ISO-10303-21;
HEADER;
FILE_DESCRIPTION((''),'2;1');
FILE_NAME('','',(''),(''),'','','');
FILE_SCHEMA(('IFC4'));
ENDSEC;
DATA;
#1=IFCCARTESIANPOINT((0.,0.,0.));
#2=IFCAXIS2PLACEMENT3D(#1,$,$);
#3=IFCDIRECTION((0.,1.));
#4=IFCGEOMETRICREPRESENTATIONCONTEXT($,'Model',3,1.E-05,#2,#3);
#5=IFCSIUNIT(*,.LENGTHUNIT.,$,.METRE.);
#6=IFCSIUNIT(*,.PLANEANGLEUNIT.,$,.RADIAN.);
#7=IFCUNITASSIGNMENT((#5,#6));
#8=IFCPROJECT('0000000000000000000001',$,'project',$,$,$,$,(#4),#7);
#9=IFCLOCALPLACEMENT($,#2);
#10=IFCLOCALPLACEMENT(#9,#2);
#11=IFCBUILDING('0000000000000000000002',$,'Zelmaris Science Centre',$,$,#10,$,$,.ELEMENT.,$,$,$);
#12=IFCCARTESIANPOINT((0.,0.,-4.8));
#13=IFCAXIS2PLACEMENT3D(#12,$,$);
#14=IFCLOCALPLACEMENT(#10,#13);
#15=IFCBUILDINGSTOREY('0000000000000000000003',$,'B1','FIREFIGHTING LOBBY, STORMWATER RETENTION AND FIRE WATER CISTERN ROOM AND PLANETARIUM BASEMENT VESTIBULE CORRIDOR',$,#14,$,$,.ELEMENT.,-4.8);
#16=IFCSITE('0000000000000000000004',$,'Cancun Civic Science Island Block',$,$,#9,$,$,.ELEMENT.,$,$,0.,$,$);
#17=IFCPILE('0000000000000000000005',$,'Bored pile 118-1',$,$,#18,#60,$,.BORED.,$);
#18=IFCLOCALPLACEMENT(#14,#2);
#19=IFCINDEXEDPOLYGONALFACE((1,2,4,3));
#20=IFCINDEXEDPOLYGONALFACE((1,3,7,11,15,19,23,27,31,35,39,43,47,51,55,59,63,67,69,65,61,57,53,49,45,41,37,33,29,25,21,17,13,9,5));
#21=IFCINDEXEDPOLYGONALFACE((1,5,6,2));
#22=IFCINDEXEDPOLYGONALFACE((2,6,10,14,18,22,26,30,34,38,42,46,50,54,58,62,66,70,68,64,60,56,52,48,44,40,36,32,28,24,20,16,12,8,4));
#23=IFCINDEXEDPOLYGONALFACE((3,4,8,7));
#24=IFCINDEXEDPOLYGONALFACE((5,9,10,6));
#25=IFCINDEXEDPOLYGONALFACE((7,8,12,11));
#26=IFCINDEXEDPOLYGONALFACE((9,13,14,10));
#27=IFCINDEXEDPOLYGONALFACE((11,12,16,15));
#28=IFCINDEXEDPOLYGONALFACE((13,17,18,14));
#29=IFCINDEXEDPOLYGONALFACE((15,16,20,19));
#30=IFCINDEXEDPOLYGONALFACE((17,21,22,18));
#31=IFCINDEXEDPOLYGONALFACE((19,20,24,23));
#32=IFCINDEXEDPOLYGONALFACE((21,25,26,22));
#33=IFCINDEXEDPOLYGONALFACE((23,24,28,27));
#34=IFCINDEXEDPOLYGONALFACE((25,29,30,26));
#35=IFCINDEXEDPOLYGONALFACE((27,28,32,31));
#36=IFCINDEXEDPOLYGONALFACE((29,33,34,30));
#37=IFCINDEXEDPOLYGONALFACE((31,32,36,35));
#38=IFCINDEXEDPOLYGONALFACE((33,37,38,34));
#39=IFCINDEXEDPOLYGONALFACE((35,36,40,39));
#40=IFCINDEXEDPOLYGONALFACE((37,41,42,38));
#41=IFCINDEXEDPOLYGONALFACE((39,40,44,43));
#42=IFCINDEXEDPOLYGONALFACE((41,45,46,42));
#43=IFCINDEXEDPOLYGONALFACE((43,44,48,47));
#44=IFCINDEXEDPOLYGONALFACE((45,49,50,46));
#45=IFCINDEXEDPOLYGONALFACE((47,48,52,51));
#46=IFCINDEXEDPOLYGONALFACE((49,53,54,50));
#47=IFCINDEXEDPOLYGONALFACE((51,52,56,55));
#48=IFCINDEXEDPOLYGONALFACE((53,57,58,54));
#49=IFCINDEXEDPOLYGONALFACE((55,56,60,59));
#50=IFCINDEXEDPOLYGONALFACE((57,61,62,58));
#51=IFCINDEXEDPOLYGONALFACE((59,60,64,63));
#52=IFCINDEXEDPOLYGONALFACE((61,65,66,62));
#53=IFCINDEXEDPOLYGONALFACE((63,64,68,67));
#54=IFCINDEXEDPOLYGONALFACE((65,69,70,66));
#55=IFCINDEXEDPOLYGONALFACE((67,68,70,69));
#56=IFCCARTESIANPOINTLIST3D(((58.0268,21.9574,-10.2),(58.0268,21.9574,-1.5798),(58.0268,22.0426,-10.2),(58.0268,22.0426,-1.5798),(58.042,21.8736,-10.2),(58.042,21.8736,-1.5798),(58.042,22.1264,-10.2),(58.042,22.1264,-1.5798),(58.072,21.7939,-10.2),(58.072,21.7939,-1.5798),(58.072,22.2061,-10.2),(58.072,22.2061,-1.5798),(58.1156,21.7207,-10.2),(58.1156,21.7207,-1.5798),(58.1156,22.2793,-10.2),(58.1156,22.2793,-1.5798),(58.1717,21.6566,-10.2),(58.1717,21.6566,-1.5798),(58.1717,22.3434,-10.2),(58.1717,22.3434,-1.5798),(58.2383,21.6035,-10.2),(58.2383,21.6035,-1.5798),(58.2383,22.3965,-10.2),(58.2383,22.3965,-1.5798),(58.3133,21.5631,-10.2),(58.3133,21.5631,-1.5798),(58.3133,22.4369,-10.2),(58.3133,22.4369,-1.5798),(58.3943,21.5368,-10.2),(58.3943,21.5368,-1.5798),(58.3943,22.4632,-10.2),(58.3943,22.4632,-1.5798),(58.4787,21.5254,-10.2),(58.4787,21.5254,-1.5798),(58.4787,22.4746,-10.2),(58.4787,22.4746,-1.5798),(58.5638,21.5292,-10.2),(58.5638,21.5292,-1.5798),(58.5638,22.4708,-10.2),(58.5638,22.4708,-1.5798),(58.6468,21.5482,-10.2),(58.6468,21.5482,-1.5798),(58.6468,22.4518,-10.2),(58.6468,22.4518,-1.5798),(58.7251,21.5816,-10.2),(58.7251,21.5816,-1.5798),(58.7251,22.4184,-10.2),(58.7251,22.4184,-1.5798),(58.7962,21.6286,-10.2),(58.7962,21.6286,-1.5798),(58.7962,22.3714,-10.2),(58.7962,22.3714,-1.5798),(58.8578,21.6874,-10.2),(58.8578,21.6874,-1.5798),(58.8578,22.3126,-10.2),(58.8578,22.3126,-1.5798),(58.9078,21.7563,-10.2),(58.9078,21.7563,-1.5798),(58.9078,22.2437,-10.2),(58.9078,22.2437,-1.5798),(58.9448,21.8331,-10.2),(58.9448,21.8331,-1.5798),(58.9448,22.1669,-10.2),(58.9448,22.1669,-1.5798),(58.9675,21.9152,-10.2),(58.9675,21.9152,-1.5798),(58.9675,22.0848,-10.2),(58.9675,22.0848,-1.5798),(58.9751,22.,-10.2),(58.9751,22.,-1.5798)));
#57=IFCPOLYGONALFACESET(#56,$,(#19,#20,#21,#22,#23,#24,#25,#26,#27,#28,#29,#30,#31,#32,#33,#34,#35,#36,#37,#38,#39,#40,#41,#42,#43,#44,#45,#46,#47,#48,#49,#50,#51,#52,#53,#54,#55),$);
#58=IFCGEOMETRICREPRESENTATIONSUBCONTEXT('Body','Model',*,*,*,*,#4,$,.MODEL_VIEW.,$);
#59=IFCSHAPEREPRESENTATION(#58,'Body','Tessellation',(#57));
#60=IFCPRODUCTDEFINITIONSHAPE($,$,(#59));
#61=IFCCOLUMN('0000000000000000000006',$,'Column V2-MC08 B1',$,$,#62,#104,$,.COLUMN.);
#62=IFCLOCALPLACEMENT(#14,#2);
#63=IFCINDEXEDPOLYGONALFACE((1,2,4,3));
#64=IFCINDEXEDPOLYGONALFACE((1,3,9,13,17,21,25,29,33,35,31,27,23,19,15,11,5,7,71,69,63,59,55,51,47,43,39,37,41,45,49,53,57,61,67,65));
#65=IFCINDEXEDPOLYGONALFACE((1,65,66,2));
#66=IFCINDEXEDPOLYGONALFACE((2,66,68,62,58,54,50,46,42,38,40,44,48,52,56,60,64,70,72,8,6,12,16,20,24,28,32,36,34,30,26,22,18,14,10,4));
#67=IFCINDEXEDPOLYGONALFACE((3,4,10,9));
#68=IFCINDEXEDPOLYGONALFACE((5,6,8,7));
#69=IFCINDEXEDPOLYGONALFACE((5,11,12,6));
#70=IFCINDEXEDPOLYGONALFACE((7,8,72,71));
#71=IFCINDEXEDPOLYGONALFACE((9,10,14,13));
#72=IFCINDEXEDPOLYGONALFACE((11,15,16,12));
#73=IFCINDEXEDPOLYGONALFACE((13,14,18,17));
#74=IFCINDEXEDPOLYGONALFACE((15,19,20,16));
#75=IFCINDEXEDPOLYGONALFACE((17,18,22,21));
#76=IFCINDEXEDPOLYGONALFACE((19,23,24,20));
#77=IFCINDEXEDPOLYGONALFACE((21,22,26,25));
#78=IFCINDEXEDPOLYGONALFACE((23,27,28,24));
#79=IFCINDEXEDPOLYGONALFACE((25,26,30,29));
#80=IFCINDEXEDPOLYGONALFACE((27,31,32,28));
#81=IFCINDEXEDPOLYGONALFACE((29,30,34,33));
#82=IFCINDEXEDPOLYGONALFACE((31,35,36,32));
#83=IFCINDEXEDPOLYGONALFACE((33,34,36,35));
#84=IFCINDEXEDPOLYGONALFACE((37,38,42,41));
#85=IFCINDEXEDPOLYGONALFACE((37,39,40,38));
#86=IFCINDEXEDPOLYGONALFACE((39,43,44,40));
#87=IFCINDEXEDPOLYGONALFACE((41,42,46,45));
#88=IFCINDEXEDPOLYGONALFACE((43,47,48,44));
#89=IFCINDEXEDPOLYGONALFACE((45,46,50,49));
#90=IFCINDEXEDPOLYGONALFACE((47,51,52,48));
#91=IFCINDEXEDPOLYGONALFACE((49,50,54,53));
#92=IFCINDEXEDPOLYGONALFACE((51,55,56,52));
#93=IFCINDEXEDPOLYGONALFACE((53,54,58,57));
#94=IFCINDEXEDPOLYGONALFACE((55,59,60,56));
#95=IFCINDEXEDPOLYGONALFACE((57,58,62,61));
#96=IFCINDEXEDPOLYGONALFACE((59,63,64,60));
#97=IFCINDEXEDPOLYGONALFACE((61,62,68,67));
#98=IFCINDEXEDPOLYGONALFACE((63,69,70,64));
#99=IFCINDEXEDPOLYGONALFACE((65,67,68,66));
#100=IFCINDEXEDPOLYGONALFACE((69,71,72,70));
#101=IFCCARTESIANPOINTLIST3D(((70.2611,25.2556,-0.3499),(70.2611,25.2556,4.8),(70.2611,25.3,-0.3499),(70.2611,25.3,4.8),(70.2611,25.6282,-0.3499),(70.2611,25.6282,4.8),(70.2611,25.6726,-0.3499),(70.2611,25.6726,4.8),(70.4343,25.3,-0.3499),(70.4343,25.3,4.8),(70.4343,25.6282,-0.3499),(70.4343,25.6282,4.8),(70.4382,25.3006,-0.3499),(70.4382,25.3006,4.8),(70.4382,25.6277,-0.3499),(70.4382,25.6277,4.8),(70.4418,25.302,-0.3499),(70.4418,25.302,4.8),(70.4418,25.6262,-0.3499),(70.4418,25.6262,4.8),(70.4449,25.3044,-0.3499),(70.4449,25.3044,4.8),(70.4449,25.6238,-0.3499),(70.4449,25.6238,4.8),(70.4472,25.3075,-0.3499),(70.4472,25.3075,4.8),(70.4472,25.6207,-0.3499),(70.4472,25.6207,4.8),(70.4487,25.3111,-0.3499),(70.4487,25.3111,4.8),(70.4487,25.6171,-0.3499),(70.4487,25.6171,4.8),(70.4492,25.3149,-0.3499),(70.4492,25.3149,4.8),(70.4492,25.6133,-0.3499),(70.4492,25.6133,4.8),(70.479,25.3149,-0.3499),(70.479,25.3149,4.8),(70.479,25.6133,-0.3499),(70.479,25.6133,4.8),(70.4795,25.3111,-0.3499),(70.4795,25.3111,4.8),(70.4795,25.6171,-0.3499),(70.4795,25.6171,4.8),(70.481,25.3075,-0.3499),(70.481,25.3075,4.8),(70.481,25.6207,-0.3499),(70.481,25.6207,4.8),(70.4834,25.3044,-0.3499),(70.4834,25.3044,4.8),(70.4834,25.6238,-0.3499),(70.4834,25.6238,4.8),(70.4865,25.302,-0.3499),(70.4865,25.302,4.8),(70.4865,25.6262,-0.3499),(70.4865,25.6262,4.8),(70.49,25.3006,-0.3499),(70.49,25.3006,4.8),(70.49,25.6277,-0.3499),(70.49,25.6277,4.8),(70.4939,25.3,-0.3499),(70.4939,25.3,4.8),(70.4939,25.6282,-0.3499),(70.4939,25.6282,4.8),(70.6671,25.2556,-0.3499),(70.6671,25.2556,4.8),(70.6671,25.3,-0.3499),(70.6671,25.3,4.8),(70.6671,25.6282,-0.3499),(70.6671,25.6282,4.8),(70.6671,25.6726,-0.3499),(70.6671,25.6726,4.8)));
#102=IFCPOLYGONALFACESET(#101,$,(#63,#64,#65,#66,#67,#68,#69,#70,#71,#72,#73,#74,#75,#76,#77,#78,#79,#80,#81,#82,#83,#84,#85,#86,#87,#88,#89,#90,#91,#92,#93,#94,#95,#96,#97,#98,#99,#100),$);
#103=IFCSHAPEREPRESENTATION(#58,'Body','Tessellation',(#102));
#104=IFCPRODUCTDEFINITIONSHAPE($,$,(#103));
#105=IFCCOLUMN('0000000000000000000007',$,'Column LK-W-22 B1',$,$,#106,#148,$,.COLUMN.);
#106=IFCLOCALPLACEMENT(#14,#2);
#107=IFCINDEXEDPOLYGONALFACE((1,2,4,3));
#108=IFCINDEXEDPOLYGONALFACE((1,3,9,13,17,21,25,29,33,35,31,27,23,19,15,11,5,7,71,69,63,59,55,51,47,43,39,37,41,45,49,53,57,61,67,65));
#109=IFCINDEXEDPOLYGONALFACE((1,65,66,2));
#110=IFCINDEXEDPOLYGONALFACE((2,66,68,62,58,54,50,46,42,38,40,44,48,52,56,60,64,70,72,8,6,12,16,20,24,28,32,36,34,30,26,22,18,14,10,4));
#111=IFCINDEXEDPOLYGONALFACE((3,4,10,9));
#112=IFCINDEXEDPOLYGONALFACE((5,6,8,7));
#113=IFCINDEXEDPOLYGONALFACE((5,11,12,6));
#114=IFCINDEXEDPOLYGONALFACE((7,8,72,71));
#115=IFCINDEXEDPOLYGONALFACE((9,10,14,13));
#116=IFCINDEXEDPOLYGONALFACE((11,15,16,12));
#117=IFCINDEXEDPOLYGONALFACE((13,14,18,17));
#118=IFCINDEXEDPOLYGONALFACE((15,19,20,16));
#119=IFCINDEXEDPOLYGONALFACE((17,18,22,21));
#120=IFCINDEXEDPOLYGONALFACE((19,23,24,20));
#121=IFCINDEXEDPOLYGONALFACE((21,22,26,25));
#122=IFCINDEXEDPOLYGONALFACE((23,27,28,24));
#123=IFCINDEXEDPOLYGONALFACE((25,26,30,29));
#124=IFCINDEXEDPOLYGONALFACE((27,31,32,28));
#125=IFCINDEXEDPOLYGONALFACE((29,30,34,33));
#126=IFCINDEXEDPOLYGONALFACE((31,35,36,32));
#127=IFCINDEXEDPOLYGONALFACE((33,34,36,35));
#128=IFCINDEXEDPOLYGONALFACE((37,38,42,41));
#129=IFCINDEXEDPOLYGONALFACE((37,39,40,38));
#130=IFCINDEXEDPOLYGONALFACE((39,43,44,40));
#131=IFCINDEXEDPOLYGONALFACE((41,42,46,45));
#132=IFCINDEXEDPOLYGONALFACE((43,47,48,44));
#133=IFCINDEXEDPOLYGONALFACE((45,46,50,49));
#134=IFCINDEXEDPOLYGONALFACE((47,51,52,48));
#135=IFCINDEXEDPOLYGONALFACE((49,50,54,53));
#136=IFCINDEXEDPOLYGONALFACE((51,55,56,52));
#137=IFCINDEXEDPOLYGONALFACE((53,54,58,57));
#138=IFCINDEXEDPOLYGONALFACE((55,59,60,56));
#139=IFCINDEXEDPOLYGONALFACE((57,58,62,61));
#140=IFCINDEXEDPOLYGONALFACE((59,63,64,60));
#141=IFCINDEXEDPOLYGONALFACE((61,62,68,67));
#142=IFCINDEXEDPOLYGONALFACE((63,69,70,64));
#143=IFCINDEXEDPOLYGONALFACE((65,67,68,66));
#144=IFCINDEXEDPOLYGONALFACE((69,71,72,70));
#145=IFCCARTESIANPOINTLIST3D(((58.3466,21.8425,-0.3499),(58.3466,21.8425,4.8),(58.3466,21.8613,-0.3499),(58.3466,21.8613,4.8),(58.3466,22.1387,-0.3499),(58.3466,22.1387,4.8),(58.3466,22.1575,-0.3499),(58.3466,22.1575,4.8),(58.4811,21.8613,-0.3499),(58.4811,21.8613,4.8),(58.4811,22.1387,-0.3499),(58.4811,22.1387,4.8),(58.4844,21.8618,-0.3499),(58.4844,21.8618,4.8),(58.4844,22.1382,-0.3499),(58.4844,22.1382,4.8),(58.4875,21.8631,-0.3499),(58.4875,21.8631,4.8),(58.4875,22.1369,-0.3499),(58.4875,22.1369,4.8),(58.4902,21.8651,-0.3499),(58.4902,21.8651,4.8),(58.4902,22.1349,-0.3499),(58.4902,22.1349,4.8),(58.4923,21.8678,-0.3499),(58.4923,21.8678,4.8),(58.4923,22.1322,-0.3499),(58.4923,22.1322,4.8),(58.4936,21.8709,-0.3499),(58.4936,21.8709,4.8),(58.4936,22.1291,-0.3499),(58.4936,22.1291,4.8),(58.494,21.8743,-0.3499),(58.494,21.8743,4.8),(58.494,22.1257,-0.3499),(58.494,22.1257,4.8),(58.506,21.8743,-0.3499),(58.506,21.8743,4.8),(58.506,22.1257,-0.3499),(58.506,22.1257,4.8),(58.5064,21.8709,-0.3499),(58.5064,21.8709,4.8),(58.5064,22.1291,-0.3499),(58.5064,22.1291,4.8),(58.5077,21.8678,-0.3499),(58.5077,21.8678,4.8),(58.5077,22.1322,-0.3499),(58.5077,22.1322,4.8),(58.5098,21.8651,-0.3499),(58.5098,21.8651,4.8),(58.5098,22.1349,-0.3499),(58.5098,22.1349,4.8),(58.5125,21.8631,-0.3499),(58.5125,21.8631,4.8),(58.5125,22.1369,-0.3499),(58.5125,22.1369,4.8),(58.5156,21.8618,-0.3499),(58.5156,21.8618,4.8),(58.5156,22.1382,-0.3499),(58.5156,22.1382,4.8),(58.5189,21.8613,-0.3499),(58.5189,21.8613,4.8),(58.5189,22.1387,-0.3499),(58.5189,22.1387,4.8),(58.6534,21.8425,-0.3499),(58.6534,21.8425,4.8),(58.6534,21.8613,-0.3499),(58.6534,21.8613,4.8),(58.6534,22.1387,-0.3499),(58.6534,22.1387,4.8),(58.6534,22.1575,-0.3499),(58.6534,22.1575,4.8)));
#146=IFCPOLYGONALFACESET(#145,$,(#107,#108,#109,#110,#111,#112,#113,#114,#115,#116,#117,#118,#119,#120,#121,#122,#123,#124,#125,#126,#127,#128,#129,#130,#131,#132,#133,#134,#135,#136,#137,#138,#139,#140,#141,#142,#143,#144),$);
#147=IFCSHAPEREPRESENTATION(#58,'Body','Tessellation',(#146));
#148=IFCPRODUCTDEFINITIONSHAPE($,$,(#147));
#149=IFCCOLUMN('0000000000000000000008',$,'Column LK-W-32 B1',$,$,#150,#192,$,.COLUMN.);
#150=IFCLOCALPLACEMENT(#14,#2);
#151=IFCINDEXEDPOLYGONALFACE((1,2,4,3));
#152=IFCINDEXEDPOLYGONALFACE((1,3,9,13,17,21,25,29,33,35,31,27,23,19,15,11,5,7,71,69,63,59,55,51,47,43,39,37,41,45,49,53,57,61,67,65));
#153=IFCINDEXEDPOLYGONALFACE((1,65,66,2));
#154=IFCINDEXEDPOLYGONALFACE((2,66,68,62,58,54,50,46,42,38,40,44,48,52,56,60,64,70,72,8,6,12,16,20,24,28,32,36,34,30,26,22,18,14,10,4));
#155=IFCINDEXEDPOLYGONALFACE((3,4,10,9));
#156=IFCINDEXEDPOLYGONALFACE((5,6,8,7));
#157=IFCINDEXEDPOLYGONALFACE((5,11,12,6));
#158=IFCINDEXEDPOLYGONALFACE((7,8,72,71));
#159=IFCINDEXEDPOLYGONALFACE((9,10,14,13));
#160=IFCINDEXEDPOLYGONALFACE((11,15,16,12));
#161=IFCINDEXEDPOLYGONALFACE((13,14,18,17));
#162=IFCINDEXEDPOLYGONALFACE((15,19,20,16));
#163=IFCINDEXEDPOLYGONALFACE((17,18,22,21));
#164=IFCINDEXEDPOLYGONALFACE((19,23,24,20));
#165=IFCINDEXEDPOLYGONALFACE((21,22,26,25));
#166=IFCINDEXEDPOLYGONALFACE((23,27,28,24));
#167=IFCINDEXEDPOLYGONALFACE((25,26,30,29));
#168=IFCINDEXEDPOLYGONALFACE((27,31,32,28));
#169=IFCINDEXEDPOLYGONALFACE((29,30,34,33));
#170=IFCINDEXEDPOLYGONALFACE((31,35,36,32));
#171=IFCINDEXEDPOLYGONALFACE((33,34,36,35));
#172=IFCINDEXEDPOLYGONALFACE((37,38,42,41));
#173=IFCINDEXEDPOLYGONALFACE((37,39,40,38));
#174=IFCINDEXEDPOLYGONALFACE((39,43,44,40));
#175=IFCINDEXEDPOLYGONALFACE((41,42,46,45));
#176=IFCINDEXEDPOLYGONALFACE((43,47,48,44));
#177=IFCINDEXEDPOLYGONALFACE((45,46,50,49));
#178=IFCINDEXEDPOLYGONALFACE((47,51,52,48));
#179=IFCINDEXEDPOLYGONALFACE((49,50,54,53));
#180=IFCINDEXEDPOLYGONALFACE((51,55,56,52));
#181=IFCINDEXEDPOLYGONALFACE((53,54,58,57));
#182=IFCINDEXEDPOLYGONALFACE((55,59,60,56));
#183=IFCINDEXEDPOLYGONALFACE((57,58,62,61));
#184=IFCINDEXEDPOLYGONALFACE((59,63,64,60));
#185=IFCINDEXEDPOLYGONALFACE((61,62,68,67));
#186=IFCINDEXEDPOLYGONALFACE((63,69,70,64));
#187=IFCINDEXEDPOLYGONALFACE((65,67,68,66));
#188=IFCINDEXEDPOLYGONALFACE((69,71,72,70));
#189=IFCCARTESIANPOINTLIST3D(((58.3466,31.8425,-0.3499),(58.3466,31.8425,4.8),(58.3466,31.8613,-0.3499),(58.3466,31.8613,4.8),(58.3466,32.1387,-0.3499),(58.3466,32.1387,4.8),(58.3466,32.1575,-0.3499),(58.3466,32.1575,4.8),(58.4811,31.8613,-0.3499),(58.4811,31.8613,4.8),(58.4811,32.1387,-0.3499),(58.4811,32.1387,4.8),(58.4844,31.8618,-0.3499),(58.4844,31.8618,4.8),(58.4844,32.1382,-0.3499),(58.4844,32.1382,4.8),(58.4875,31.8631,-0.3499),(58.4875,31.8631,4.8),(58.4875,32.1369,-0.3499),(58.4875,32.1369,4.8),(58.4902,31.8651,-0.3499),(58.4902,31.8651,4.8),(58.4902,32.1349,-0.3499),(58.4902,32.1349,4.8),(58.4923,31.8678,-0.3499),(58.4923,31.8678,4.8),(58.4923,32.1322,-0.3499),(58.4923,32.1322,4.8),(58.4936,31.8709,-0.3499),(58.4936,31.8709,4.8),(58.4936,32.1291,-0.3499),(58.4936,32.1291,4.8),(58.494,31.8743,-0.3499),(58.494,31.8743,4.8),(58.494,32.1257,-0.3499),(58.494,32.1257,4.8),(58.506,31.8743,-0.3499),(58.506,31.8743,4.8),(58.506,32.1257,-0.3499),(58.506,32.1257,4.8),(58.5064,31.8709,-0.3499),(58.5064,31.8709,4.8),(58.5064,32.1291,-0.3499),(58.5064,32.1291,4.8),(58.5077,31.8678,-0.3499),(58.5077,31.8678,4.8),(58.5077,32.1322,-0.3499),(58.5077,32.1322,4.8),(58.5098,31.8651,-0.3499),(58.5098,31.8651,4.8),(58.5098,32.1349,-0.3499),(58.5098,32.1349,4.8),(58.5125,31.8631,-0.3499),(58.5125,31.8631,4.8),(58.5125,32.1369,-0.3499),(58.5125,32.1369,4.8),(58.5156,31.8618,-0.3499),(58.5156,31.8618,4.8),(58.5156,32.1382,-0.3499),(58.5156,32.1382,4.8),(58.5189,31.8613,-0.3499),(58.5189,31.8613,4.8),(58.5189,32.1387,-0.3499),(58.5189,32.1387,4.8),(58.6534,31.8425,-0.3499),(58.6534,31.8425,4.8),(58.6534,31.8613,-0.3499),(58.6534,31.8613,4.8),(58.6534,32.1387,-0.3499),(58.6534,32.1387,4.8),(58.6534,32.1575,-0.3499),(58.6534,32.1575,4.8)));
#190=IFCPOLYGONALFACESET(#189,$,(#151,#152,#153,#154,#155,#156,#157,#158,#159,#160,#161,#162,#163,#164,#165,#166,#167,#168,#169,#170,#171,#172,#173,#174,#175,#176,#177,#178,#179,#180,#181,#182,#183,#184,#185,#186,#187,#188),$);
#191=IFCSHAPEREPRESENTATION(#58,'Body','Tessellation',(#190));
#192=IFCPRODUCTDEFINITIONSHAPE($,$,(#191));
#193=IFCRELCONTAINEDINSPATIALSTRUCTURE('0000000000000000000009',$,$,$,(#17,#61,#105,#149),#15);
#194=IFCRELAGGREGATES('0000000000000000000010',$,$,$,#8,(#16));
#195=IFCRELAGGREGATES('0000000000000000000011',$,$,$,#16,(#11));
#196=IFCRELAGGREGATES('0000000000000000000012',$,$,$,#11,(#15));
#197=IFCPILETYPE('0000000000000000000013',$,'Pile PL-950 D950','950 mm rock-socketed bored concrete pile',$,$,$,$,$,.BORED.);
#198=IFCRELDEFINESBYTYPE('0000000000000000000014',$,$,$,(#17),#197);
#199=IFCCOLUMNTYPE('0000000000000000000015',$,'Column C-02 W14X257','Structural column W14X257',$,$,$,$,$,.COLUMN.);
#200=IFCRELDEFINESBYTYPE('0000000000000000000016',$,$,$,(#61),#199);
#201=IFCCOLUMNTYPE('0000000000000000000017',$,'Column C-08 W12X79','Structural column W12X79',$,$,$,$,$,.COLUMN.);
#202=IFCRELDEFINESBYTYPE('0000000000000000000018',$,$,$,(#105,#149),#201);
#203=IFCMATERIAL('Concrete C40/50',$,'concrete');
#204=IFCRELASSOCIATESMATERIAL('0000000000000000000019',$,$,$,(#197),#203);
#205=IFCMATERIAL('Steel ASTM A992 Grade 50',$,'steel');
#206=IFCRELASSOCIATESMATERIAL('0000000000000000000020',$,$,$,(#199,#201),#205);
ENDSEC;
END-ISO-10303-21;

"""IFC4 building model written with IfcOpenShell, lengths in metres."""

from ifc_helpers import new_model, si_unit, direction, frame, origin, origin_2d, place, context, subcontext, project, spatial, circle, i_section, extrude, material, material_profile, profile_set, type_object, element, save


model = new_model("IFC4")

# Units and contexts
model_context = context("Model", 3, precision=1e-05, world=origin(), true_north=direction((0.0, 1.0)))
body_context = subcontext(model_context, "Body", "Model", "MODEL_VIEW")
ifc_project = project(units=[si_unit("LENGTHUNIT", "METRE"), si_unit("PLANEANGLEUNIT", "RADIAN")], contexts=[model_context])

# Site, building, storey
site_placement = place(None, origin())
site = spatial("IfcSite", under=ifc_project, at=site_placement, Name="Cancun Civic Science Island Block", CompositionType="ELEMENT", RefElevation=0.0)
building_placement = place(site_placement, origin())
building = spatial("IfcBuilding", under=site, at=building_placement, Name="Zelmaris Science Centre", CompositionType="ELEMENT")
storey_placement = place(building_placement, frame((0.0, 0.0, -4.8)))
storey = spatial("IfcBuildingStorey", under=building, at=storey_placement, Name="B1", Description="FIREFIGHTING LOBBY, STORMWATER RETENTION AND FIRE WATER CISTERN ROOM AND PLANETARIUM BASEMENT VESTIBULE CORRIDOR", CompositionType="ELEMENT", Elevation=-4.8)

# Shared definitions
ifc_material_1 = material(Name="Concrete C40/50", Category="concrete")

# Pile
ifc_material_profile_1 = material_profile(ifc_material_1, circle(Radius=0.4751, at=origin_2d()), Name="PILE-950")
ifc_profile_set_1 = profile_set([ifc_material_profile_1], Name="Concrete C40/50")
pile_type_1 = type_object("IfcPileType", Name="Pile PL-950 D950", Description="950 mm rock-socketed bored concrete pile", PredefinedType="BORED", material=ifc_profile_set_1)
pile_1_placement = place(storey_placement, frame((58.5, 22.0, -1.5798), z_axis=(0.0, 0.0, -1.0), x_axis=(1.0, 0.0, 0.0)))
element("IfcPile", 1, at=pile_1_placement, inside=storey, type_object=pile_type_1, Name="Bored pile 118-1", PredefinedType="BORED", context=body_context, shape_type="SweptSolid", body=[
    extrude(circle(Radius=0.4751, at=origin_2d()), origin(), (0.0, 0.0, 1.0), 8.6201),
])

# Columns
ifc_material_2 = material(Name="Steel ASTM A992 Grade 50", Category="steel")
ifc_material_profile_2 = material_profile(ifc_material_2, i_section(OverallWidth=0.406, OverallDepth=0.417, WebThickness=0.0298, FlangeThickness=0.0444, FilletRadius=0.0149, at=origin_2d()), Name="W14X257")
ifc_profile_set_2 = profile_set([ifc_material_profile_2], Name="Steel ASTM A992 Grade 50")
column_type_1 = type_object("IfcColumnType", Name="Column C-02 W14X257", Description="Structural column W14X257", PredefinedType="COLUMN", material=ifc_profile_set_2)
column_1_placement = place(storey_placement, frame((70.4641, 25.4641, -0.3499), z_axis=(0.0, 0.0, 1.0), x_axis=(1.0, 0.0, 0.0)))
element("IfcColumn", 2, at=column_1_placement, inside=storey, type_object=column_type_1, Name="Column V2-MC08 B1", PredefinedType="COLUMN", context=body_context, shape_type="SweptSolid", body=[
    extrude(i_section(OverallWidth=0.406, OverallDepth=0.417, WebThickness=0.0298, FlangeThickness=0.0444, FilletRadius=0.0149, at=origin_2d()), origin(), (0.0, 0.0, 1.0), 5.1499),
])
ifc_material_profile_3 = material_profile(ifc_material_2, i_section(OverallWidth=0.3069, OverallDepth=0.3149, WebThickness=0.012, FlangeThickness=0.0188, FilletRadius=0.0129, at=origin_2d()), Name="W12X79")
ifc_profile_set_3 = profile_set([ifc_material_profile_3], Name="Steel ASTM A992 Grade 50")
column_type_2 = type_object("IfcColumnType", Name="Column C-08 W12X79", Description="Structural column W12X79", PredefinedType="COLUMN", material=ifc_profile_set_3)
for number, where, z_axis, x_axis, name in (
    (3, (58.5, 22.0, -0.3499), (0.0, 0.0, 1.0), (1.0, 0.0, 0.0), "Column LK-W-22 B1"),
    (4, (58.5, 32.0, -0.3499), (0.0, 0.0, 1.0), (1.0, 0.0, 0.0), "Column LK-W-32 B1"),
):
    element("IfcColumn", number, at=place(storey_placement, frame(where, z_axis=z_axis, x_axis=x_axis)), inside=storey, type_object=column_type_2, Name=name, PredefinedType="COLUMN", context=body_context, shape_type="SweptSolid", body=[
        extrude(i_section(OverallWidth=0.3069, OverallDepth=0.3149, WebThickness=0.012, FlangeThickness=0.0188, FilletRadius=0.0129, at=origin_2d()), origin(), (0.0, 0.0, 1.0), 5.1499),
    ])

save(model, "model.ifc")
